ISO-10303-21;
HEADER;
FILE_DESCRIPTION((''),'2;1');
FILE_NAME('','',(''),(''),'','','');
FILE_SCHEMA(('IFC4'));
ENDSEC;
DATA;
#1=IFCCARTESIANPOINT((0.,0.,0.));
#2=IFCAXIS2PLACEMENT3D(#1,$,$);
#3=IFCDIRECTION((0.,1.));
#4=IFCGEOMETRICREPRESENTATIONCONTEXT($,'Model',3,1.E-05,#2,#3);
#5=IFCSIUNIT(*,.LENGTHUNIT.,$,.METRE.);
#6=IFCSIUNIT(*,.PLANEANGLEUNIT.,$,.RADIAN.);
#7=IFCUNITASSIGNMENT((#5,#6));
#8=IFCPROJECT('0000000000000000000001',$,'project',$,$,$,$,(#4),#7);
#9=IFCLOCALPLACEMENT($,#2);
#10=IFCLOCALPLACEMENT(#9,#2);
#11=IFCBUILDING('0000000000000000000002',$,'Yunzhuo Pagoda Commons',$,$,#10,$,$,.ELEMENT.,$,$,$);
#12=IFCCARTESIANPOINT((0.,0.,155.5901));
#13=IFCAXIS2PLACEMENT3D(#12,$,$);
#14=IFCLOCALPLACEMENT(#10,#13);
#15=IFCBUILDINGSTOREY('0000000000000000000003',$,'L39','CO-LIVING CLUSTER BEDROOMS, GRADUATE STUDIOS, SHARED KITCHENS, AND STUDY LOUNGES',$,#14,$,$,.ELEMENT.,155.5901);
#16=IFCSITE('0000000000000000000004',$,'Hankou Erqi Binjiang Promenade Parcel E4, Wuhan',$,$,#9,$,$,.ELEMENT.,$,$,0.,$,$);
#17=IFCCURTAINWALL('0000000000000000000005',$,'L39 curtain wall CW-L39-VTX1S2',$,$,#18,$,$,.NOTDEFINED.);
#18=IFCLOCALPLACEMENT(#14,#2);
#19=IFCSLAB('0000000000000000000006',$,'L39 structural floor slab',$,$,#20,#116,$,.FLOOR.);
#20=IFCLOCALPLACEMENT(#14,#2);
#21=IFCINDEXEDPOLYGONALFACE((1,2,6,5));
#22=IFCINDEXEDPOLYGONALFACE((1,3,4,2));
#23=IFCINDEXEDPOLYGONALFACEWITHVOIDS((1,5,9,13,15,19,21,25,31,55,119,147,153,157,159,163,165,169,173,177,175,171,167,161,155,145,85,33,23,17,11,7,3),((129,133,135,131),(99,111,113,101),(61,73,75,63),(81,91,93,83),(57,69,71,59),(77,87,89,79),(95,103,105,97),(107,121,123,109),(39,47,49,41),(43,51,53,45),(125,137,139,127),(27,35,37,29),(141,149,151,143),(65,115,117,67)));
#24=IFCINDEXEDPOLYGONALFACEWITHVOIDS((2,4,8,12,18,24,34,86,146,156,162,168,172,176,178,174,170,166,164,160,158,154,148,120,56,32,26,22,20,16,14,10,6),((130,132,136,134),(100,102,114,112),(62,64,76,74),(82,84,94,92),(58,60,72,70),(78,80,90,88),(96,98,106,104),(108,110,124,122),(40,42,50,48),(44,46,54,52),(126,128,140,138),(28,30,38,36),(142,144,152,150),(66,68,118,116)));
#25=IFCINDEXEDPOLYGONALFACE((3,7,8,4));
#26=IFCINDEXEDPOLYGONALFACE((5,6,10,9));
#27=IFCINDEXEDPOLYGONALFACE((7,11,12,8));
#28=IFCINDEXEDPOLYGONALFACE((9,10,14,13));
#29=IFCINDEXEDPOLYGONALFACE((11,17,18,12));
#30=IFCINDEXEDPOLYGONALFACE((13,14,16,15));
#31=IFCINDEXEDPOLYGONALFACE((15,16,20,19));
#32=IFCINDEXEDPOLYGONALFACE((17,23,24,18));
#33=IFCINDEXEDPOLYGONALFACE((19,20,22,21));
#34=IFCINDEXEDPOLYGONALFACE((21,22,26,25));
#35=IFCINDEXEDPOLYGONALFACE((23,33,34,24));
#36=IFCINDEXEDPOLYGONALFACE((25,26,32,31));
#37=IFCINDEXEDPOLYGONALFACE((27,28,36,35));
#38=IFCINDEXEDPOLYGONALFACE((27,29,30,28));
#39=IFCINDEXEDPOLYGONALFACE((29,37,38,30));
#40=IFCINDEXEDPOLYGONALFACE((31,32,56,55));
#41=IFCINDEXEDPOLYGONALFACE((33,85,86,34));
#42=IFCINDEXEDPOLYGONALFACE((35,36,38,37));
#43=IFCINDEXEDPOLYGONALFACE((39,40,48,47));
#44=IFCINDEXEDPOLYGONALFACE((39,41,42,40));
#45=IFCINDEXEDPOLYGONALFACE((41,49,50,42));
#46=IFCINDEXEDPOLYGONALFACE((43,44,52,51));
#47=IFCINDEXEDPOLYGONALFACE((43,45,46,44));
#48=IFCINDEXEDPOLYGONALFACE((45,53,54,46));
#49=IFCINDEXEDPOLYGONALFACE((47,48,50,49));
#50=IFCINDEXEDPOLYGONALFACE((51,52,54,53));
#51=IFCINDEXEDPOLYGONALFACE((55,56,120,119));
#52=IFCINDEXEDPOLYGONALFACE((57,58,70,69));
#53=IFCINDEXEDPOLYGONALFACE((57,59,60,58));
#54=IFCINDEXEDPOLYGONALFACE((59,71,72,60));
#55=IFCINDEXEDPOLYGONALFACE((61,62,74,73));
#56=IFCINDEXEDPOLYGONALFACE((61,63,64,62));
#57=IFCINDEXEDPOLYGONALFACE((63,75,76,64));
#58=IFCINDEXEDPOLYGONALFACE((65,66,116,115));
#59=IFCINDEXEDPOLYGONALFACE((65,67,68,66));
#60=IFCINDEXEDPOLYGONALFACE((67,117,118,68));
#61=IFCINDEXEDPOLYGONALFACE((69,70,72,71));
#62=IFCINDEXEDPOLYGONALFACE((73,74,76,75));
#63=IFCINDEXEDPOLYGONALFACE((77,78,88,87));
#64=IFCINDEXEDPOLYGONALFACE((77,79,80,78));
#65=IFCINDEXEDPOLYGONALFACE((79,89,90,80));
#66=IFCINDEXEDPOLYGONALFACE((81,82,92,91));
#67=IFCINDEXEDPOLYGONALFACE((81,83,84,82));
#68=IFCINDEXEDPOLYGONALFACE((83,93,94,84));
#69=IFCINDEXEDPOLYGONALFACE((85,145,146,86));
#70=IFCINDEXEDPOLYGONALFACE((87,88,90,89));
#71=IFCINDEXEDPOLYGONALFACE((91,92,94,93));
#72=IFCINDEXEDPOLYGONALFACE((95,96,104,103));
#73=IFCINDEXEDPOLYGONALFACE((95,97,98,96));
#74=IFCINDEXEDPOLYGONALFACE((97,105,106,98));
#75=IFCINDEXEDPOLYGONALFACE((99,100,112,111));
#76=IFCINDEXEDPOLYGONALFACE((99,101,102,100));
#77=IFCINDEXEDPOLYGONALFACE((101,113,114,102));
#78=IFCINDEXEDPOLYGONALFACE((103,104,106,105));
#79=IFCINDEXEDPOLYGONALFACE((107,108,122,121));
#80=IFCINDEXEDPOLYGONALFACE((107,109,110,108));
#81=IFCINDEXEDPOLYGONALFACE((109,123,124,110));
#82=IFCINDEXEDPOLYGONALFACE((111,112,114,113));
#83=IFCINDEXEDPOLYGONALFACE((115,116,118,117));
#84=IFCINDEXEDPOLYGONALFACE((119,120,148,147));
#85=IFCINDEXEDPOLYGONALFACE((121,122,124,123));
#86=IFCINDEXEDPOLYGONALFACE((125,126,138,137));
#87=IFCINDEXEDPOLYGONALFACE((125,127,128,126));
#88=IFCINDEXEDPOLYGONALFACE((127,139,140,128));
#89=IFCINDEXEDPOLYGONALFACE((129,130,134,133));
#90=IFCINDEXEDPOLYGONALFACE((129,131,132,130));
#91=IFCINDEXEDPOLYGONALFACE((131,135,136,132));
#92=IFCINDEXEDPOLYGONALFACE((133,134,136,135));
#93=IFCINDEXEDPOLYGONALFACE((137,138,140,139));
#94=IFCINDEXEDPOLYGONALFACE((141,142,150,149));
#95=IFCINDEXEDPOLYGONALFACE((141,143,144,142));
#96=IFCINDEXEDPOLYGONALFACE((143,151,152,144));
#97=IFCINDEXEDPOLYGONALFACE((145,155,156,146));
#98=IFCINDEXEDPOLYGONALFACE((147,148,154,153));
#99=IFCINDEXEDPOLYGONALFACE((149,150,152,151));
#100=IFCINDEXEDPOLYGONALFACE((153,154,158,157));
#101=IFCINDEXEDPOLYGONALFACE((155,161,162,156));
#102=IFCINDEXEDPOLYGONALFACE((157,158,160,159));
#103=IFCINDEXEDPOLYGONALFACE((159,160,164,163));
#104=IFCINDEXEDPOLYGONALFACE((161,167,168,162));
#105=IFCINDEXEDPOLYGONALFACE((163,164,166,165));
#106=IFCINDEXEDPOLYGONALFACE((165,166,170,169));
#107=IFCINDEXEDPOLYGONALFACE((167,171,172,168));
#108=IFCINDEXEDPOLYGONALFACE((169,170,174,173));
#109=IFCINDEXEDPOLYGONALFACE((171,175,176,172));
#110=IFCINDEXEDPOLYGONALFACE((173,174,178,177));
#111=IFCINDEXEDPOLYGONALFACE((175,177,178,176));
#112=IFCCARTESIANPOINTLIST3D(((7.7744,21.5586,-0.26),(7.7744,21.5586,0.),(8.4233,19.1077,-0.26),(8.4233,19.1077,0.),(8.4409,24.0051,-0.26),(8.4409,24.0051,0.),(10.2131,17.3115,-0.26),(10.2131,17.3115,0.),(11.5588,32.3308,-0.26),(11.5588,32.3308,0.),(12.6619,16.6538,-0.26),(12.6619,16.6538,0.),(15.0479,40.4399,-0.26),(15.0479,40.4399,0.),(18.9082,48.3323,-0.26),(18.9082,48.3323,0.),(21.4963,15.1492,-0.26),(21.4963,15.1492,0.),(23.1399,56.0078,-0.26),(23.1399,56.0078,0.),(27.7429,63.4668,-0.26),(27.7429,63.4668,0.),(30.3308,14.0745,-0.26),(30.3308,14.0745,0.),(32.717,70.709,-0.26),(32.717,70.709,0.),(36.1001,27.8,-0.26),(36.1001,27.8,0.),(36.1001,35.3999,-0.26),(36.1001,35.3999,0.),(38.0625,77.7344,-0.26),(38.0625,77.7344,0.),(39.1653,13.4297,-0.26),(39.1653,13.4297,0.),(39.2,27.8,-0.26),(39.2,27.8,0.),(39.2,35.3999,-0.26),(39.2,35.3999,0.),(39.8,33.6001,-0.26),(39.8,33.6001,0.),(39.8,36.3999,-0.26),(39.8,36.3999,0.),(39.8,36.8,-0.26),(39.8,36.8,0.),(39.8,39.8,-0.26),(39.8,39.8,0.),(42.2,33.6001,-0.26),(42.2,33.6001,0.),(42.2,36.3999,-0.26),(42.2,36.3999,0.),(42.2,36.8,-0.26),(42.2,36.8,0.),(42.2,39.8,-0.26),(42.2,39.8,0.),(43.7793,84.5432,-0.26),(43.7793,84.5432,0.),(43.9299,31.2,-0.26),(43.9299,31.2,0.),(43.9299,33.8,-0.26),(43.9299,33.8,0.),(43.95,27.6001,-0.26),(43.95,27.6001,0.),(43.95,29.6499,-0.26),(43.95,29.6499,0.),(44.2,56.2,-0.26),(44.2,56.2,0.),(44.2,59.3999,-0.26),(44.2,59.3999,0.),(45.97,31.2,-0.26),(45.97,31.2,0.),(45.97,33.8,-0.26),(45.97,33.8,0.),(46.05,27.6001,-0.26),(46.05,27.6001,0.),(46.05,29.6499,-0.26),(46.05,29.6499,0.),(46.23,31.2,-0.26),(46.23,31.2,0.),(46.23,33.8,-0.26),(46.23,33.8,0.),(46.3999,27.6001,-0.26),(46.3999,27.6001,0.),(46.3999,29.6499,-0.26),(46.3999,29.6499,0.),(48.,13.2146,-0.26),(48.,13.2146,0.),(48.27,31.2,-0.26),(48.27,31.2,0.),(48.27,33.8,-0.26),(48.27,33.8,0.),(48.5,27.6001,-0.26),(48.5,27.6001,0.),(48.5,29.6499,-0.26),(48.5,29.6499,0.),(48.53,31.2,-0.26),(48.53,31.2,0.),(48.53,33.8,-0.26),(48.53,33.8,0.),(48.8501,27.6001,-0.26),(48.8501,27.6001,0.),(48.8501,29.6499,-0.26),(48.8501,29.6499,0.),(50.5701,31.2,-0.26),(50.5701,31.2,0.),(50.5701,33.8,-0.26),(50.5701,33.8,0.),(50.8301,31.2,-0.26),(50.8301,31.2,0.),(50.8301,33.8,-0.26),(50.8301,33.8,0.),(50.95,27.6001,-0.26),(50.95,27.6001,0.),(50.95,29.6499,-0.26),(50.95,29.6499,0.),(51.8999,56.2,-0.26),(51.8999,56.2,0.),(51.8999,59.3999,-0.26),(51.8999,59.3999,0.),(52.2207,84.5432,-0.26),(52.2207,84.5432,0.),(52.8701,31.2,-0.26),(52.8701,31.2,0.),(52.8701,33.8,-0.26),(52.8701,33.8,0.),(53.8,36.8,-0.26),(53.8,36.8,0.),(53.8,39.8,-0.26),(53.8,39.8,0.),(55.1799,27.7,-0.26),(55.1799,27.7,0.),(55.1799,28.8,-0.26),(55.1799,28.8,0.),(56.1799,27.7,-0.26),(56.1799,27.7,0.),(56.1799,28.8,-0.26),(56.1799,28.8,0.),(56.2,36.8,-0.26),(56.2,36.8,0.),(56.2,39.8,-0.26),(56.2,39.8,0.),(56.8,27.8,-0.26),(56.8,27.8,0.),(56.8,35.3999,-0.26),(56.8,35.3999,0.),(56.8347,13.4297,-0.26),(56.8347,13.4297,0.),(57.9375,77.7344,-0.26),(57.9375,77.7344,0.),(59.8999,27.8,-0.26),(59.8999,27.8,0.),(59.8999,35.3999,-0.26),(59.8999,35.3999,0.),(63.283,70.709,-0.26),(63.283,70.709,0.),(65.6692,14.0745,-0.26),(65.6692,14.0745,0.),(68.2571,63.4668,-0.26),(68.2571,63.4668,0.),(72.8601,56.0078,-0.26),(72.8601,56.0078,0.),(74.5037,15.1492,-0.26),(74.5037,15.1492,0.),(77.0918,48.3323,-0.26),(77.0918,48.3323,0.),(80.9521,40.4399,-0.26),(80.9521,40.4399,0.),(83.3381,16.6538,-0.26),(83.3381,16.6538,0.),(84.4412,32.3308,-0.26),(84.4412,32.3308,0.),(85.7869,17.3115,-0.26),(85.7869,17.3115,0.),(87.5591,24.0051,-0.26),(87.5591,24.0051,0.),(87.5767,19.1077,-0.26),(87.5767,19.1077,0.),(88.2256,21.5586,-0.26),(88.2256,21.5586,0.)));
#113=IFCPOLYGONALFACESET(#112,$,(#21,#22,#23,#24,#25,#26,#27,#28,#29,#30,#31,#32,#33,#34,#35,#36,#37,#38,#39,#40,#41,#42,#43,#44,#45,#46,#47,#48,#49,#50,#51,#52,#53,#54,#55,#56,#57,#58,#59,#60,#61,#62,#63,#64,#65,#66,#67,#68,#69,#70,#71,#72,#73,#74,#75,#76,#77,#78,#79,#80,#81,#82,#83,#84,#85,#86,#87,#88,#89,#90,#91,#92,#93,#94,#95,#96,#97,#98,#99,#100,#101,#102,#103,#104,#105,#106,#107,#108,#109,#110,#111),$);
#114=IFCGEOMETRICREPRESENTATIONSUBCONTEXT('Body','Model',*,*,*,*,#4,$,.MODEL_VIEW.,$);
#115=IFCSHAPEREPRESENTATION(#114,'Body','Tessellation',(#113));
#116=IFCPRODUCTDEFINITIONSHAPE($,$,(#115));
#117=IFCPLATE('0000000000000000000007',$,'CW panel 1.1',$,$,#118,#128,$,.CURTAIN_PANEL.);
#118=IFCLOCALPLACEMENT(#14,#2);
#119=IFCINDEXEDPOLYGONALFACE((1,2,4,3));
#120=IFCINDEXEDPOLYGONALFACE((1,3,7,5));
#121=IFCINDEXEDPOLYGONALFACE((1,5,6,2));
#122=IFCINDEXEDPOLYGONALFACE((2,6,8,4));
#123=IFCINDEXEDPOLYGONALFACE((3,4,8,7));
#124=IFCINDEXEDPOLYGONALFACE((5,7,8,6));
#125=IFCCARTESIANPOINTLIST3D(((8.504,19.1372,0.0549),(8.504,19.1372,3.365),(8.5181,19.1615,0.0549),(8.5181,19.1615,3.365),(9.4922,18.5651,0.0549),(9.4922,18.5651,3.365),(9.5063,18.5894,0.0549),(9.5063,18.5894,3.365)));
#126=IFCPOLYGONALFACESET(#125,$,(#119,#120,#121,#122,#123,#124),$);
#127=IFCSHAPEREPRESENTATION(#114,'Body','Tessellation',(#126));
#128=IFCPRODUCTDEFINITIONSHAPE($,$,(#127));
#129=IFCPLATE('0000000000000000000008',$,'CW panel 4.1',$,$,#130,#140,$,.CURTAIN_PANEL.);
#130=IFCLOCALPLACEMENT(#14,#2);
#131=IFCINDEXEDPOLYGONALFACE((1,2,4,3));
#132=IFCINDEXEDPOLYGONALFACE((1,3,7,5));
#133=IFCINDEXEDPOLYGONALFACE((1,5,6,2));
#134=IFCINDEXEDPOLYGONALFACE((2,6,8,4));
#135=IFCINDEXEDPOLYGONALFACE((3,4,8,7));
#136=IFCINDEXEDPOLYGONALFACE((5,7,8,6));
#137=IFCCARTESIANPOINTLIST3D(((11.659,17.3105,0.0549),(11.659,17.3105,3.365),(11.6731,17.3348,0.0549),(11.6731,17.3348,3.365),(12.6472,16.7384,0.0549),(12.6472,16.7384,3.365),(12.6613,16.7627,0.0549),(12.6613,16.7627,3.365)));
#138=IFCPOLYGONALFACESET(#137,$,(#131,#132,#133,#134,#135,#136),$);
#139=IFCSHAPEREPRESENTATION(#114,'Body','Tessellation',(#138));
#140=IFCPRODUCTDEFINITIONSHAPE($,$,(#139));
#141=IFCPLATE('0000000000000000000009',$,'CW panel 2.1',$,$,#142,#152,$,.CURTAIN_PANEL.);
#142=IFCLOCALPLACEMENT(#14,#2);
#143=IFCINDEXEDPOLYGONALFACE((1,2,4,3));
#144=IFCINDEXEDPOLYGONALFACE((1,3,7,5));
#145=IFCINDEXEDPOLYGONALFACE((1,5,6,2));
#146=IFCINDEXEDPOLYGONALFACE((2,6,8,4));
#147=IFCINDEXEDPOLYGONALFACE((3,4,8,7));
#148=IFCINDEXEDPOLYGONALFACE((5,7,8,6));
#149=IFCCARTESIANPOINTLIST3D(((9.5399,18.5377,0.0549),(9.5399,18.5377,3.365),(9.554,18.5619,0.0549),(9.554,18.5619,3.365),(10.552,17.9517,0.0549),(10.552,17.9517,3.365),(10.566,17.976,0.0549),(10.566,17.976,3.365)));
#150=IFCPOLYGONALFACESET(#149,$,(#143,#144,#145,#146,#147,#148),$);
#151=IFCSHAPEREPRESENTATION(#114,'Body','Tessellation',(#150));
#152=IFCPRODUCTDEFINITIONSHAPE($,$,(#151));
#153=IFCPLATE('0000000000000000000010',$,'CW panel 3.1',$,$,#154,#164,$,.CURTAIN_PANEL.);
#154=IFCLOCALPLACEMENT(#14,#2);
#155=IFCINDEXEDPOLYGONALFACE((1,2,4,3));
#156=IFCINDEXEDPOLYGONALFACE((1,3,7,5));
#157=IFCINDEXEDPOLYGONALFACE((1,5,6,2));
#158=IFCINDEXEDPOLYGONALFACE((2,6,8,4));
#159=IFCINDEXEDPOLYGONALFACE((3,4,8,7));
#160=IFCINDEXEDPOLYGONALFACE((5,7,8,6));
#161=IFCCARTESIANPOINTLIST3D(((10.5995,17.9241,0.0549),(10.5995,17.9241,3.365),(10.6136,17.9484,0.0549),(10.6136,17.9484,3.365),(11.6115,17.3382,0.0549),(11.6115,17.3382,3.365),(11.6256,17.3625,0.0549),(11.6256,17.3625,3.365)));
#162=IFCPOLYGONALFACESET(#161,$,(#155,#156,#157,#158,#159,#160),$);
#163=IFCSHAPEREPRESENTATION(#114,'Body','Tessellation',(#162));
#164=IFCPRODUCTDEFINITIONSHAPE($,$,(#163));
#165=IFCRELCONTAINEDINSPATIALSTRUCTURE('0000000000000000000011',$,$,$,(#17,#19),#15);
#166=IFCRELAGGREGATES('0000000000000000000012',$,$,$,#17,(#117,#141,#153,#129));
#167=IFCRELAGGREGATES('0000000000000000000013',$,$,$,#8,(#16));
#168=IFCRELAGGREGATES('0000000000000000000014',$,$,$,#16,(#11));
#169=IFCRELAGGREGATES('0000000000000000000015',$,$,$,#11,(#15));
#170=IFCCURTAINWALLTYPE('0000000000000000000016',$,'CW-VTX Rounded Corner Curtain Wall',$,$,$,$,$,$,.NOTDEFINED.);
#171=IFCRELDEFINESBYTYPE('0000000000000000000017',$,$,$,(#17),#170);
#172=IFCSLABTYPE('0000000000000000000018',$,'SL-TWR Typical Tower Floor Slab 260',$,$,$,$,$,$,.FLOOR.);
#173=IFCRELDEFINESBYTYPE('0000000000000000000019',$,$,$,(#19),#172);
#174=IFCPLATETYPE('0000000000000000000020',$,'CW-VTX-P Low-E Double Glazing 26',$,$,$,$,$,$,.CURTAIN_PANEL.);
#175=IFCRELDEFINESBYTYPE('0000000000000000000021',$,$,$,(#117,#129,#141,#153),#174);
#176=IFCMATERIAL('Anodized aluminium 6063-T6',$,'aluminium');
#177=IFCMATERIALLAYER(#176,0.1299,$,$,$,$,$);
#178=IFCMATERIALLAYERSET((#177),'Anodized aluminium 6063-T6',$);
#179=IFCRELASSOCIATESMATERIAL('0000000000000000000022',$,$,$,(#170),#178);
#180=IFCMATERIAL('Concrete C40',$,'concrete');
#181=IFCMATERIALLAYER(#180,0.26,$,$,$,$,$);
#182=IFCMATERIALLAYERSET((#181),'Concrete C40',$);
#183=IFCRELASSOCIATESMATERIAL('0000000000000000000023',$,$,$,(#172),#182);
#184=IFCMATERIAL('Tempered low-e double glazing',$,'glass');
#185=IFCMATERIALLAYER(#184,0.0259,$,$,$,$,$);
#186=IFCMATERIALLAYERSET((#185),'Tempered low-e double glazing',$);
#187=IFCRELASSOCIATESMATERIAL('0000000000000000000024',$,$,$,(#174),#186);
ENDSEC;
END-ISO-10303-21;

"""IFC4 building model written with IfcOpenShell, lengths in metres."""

from ifc_helpers import new_model, si_unit, direction, frame, origin, origin_2d, place, context, subcontext, project, spatial, polyline, rectangle, outline, extrude, source, transform, mapped, material, layer, layer_set, type_object, element, aggregate, save


model = new_model("IFC4")

# Units and contexts
model_context = context("Model", 3, precision=1e-05, world=origin(), true_north=direction((0.0, 1.0)))
body_context = subcontext(model_context, "Body", "Model", "MODEL_VIEW")
ifc_project = project(units=[si_unit("LENGTHUNIT", "METRE"), si_unit("PLANEANGLEUNIT", "RADIAN")], contexts=[model_context])

# Site, building, storey
site_placement = place(None, origin())
site = spatial("IfcSite", under=ifc_project, at=site_placement, Name="Hankou Erqi Binjiang Promenade Parcel E4, Wuhan", CompositionType="ELEMENT", RefElevation=0.0)
building_placement = place(site_placement, origin())
building = spatial("IfcBuilding", under=site, at=building_placement, Name="Yunzhuo Pagoda Commons", CompositionType="ELEMENT")
storey_placement = place(building_placement, frame((0.0, 0.0, 155.5901)))
storey = spatial("IfcBuildingStorey", under=building, at=storey_placement, Name="L39", Description="CO-LIVING CLUSTER BEDROOMS, GRADUATE STUDIOS, SHARED KITCHENS, AND STUDY LOUNGES", CompositionType="ELEMENT", Elevation=155.5901)

# Shared definitions
ifc_material_1 = material(Name="Anodized aluminium 6063-T6", Category="aluminium")

# Curtain wall
ifc_layer_1 = layer(ifc_material_1, 0.1299)
ifc_layer_set_1 = layer_set([ifc_layer_1], Name="Anodized aluminium 6063-T6")
curtain_wall_type_1 = type_object("IfcCurtainWallType", Name="CW-VTX Rounded Corner Curtain Wall", PredefinedType="NOTDEFINED", material=ifc_layer_set_1)
curtain_wall_1_placement = place(storey_placement, origin())
curtain_wall_1 = element("IfcCurtainWall", 1, at=curtain_wall_1_placement, inside=storey, type_object=curtain_wall_type_1, Name="L39 curtain wall CW-L39-VTX1S2", PredefinedType="NOTDEFINED")

# Shared definitions
ifc_material_2 = material(Name="Concrete C40", Category="concrete")

# Slab
ifc_layer_2 = layer(ifc_material_2, 0.26)
ifc_layer_set_2 = layer_set([ifc_layer_2], Name="Concrete C40")
slab_type_1 = type_object("IfcSlabType", Name="SL-TWR Typical Tower Floor Slab 260", PredefinedType="FLOOR", material=ifc_layer_set_2)
slab_1_placement = place(storey_placement, frame((0.0, 0.0, -0.26)))
element("IfcSlab", 2, at=slab_1_placement, inside=storey, type_object=slab_type_1, Name="L39 structural floor slab", PredefinedType="FLOOR", context=body_context, shape_type="SweptSolid", body=[
    extrude(outline(polyline([(11.5588, 32.3308), (15.0479, 40.4399), (18.9082, 48.3323), (23.1399, 56.0078), (27.7429, 63.4668), (32.717, 70.709), (38.0625, 77.7344), (43.7793, 84.5432), (52.2207, 84.5432), (57.9375, 77.7344), (63.283, 70.709), (68.2571, 63.4668), (72.8601, 56.0078), (77.0918, 48.3323), (80.9521, 40.4399), (84.4412, 32.3308), (87.5591, 24.0051), (88.2256, 21.5586), (87.5767, 19.1077), (85.7869, 17.3115), (83.3381, 16.6538), (74.5037, 15.1492), (65.6692, 14.0745), (56.8347, 13.4297), (48.0, 13.2146), (39.1653, 13.4297), (30.3308, 14.0745), (21.4963, 15.1492), (12.6619, 16.6538), (10.2131, 17.3115), (8.4233, 19.1077), (7.7744, 21.5586), (8.4409, 24.0051), (11.5588, 32.3308)]), holes=[polyline([(46.05, 29.6499), (43.95, 29.6499), (43.95, 27.6001), (46.05, 27.6001), (46.05, 29.6499)]), polyline([(48.5, 27.6001), (48.5, 29.6499), (46.3999, 29.6499), (46.3999, 27.6001), (48.5, 27.6001)]), polyline([(36.1001, 27.8), (39.2, 27.8), (39.2, 35.3999), (36.1001, 35.3999), (36.1001, 27.8)]), polyline([(45.97, 31.2), (45.97, 33.8), (43.9299, 33.8), (43.9299, 31.2), (45.97, 31.2)]), polyline([(48.27, 31.2), (48.27, 33.8), (46.23, 33.8), (46.23, 31.2), (48.27, 31.2)]), polyline([(42.2, 33.6001), (42.2, 36.3999), (39.8, 36.3999), (39.8, 33.6001), (42.2, 33.6001)]), polyline([(42.2, 36.8), (42.2, 39.8), (39.8, 39.8), (39.8, 36.8), (42.2, 36.8)]), polyline([(56.1799, 28.8), (55.1799, 28.8), (55.1799, 27.7), (56.1799, 27.7), (56.1799, 28.8)]), polyline([(50.95, 27.6001), (50.95, 29.6499), (48.8501, 29.6499), (48.8501, 27.6001), (50.95, 27.6001)]), polyline([(56.8, 27.8), (59.8999, 27.8), (59.8999, 35.3999), (56.8, 35.3999), (56.8, 27.8)]), polyline([(50.5701, 31.2), (50.5701, 33.8), (48.53, 33.8), (48.53, 31.2), (50.5701, 31.2)]), polyline([(52.8701, 31.2), (52.8701, 33.8), (50.8301, 33.8), (50.8301, 31.2), (52.8701, 31.2)]), polyline([(56.2, 36.8), (56.2, 39.8), (53.8, 39.8), (53.8, 36.8), (56.2, 36.8)]), polyline([(51.8999, 56.2), (51.8999, 59.3999), (44.2, 59.3999), (44.2, 56.2), (51.8999, 56.2)])]), origin(), (0.0, 0.0, 1.0), 0.26),
])

# Plates
ifc_material_3 = material(Name="Tempered low-e double glazing", Category="glass")
ifc_layer_3 = layer(ifc_material_3, 0.0259)
ifc_layer_set_3 = layer_set([ifc_layer_3], Name="Tempered low-e double glazing")
plate_type = type_object("IfcPlateType", Name="CW-VTX-P Low-E Double Glazing 26", PredefinedType="CURTAIN_PANEL", material=ifc_layer_set_3)
shared_shape_1 = source(origin(), body_context, "Body", "SweptSolid", [
    extrude(rectangle(XDim=1.1418, YDim=0.0281, at=origin_2d()), origin(), (0.0, 0.0, 1.0), 3.3101),
])
plate_1_placement = place(storey_placement, frame((9.0051, 18.8633, 0.0549), z_axis=(0.0, 0.0, 1.0), x_axis=(0.865427, -0.501035, 0.0)))
plate_1 = element("IfcPlate", 3, at=plate_1_placement, type_object=plate_type, Name="CW panel 1.1", PredefinedType="CURTAIN_PANEL", context=body_context, shape_type="MappedRepresentation", body=[
    mapped(shared_shape_1, transform((0.0, 0.0, 0.0), scale=1.0)),
])
plate_2_placement = place(storey_placement, frame((12.1602, 17.0366, 0.0549), z_axis=(0.0, 0.0, 1.0), x_axis=(0.865427, -0.501035, 0.0)))
plate_2 = element("IfcPlate", 4, at=plate_2_placement, type_object=plate_type, Name="CW panel 4.1", PredefinedType="CURTAIN_PANEL", context=body_context, shape_type="MappedRepresentation", body=[
    mapped(shared_shape_1, transform((0.0, 0.0, 0.0), scale=1.0)),
])
shared_shape_2 = source(origin(), body_context, "Body", "SweptSolid", [
    extrude(rectangle(XDim=1.1694, YDim=0.0281, at=origin_2d()), origin(), (0.0, 0.0, 1.0), 3.3101),
])
plate_3_placement = place(storey_placement, frame((10.053, 18.2568, 0.0549), z_axis=(0.0, 0.0, 1.0), x_axis=(0.865427, -0.501035, 0.0)))
plate_3 = element("IfcPlate", 5, at=plate_3_placement, type_object=plate_type, Name="CW panel 2.1", PredefinedType="CURTAIN_PANEL", context=body_context, shape_type="MappedRepresentation", body=[
    mapped(shared_shape_2, transform((0.0, 0.0, 0.0), scale=1.0)),
])
plate_4_placement = place(storey_placement, frame((11.1125, 17.6433, 0.0549), z_axis=(0.0, 0.0, 1.0), x_axis=(0.865427, -0.501035, 0.0)))
plate_4 = element("IfcPlate", 6, at=plate_4_placement, type_object=plate_type, Name="CW panel 3.1", PredefinedType="CURTAIN_PANEL", context=body_context, shape_type="MappedRepresentation", body=[
    mapped(shared_shape_2, transform((0.0, 0.0, 0.0), scale=1.0)),
])
aggregate(curtain_wall_1, [plate_1, plate_3, plate_4, plate_2])

save(model, "model.ifc")
